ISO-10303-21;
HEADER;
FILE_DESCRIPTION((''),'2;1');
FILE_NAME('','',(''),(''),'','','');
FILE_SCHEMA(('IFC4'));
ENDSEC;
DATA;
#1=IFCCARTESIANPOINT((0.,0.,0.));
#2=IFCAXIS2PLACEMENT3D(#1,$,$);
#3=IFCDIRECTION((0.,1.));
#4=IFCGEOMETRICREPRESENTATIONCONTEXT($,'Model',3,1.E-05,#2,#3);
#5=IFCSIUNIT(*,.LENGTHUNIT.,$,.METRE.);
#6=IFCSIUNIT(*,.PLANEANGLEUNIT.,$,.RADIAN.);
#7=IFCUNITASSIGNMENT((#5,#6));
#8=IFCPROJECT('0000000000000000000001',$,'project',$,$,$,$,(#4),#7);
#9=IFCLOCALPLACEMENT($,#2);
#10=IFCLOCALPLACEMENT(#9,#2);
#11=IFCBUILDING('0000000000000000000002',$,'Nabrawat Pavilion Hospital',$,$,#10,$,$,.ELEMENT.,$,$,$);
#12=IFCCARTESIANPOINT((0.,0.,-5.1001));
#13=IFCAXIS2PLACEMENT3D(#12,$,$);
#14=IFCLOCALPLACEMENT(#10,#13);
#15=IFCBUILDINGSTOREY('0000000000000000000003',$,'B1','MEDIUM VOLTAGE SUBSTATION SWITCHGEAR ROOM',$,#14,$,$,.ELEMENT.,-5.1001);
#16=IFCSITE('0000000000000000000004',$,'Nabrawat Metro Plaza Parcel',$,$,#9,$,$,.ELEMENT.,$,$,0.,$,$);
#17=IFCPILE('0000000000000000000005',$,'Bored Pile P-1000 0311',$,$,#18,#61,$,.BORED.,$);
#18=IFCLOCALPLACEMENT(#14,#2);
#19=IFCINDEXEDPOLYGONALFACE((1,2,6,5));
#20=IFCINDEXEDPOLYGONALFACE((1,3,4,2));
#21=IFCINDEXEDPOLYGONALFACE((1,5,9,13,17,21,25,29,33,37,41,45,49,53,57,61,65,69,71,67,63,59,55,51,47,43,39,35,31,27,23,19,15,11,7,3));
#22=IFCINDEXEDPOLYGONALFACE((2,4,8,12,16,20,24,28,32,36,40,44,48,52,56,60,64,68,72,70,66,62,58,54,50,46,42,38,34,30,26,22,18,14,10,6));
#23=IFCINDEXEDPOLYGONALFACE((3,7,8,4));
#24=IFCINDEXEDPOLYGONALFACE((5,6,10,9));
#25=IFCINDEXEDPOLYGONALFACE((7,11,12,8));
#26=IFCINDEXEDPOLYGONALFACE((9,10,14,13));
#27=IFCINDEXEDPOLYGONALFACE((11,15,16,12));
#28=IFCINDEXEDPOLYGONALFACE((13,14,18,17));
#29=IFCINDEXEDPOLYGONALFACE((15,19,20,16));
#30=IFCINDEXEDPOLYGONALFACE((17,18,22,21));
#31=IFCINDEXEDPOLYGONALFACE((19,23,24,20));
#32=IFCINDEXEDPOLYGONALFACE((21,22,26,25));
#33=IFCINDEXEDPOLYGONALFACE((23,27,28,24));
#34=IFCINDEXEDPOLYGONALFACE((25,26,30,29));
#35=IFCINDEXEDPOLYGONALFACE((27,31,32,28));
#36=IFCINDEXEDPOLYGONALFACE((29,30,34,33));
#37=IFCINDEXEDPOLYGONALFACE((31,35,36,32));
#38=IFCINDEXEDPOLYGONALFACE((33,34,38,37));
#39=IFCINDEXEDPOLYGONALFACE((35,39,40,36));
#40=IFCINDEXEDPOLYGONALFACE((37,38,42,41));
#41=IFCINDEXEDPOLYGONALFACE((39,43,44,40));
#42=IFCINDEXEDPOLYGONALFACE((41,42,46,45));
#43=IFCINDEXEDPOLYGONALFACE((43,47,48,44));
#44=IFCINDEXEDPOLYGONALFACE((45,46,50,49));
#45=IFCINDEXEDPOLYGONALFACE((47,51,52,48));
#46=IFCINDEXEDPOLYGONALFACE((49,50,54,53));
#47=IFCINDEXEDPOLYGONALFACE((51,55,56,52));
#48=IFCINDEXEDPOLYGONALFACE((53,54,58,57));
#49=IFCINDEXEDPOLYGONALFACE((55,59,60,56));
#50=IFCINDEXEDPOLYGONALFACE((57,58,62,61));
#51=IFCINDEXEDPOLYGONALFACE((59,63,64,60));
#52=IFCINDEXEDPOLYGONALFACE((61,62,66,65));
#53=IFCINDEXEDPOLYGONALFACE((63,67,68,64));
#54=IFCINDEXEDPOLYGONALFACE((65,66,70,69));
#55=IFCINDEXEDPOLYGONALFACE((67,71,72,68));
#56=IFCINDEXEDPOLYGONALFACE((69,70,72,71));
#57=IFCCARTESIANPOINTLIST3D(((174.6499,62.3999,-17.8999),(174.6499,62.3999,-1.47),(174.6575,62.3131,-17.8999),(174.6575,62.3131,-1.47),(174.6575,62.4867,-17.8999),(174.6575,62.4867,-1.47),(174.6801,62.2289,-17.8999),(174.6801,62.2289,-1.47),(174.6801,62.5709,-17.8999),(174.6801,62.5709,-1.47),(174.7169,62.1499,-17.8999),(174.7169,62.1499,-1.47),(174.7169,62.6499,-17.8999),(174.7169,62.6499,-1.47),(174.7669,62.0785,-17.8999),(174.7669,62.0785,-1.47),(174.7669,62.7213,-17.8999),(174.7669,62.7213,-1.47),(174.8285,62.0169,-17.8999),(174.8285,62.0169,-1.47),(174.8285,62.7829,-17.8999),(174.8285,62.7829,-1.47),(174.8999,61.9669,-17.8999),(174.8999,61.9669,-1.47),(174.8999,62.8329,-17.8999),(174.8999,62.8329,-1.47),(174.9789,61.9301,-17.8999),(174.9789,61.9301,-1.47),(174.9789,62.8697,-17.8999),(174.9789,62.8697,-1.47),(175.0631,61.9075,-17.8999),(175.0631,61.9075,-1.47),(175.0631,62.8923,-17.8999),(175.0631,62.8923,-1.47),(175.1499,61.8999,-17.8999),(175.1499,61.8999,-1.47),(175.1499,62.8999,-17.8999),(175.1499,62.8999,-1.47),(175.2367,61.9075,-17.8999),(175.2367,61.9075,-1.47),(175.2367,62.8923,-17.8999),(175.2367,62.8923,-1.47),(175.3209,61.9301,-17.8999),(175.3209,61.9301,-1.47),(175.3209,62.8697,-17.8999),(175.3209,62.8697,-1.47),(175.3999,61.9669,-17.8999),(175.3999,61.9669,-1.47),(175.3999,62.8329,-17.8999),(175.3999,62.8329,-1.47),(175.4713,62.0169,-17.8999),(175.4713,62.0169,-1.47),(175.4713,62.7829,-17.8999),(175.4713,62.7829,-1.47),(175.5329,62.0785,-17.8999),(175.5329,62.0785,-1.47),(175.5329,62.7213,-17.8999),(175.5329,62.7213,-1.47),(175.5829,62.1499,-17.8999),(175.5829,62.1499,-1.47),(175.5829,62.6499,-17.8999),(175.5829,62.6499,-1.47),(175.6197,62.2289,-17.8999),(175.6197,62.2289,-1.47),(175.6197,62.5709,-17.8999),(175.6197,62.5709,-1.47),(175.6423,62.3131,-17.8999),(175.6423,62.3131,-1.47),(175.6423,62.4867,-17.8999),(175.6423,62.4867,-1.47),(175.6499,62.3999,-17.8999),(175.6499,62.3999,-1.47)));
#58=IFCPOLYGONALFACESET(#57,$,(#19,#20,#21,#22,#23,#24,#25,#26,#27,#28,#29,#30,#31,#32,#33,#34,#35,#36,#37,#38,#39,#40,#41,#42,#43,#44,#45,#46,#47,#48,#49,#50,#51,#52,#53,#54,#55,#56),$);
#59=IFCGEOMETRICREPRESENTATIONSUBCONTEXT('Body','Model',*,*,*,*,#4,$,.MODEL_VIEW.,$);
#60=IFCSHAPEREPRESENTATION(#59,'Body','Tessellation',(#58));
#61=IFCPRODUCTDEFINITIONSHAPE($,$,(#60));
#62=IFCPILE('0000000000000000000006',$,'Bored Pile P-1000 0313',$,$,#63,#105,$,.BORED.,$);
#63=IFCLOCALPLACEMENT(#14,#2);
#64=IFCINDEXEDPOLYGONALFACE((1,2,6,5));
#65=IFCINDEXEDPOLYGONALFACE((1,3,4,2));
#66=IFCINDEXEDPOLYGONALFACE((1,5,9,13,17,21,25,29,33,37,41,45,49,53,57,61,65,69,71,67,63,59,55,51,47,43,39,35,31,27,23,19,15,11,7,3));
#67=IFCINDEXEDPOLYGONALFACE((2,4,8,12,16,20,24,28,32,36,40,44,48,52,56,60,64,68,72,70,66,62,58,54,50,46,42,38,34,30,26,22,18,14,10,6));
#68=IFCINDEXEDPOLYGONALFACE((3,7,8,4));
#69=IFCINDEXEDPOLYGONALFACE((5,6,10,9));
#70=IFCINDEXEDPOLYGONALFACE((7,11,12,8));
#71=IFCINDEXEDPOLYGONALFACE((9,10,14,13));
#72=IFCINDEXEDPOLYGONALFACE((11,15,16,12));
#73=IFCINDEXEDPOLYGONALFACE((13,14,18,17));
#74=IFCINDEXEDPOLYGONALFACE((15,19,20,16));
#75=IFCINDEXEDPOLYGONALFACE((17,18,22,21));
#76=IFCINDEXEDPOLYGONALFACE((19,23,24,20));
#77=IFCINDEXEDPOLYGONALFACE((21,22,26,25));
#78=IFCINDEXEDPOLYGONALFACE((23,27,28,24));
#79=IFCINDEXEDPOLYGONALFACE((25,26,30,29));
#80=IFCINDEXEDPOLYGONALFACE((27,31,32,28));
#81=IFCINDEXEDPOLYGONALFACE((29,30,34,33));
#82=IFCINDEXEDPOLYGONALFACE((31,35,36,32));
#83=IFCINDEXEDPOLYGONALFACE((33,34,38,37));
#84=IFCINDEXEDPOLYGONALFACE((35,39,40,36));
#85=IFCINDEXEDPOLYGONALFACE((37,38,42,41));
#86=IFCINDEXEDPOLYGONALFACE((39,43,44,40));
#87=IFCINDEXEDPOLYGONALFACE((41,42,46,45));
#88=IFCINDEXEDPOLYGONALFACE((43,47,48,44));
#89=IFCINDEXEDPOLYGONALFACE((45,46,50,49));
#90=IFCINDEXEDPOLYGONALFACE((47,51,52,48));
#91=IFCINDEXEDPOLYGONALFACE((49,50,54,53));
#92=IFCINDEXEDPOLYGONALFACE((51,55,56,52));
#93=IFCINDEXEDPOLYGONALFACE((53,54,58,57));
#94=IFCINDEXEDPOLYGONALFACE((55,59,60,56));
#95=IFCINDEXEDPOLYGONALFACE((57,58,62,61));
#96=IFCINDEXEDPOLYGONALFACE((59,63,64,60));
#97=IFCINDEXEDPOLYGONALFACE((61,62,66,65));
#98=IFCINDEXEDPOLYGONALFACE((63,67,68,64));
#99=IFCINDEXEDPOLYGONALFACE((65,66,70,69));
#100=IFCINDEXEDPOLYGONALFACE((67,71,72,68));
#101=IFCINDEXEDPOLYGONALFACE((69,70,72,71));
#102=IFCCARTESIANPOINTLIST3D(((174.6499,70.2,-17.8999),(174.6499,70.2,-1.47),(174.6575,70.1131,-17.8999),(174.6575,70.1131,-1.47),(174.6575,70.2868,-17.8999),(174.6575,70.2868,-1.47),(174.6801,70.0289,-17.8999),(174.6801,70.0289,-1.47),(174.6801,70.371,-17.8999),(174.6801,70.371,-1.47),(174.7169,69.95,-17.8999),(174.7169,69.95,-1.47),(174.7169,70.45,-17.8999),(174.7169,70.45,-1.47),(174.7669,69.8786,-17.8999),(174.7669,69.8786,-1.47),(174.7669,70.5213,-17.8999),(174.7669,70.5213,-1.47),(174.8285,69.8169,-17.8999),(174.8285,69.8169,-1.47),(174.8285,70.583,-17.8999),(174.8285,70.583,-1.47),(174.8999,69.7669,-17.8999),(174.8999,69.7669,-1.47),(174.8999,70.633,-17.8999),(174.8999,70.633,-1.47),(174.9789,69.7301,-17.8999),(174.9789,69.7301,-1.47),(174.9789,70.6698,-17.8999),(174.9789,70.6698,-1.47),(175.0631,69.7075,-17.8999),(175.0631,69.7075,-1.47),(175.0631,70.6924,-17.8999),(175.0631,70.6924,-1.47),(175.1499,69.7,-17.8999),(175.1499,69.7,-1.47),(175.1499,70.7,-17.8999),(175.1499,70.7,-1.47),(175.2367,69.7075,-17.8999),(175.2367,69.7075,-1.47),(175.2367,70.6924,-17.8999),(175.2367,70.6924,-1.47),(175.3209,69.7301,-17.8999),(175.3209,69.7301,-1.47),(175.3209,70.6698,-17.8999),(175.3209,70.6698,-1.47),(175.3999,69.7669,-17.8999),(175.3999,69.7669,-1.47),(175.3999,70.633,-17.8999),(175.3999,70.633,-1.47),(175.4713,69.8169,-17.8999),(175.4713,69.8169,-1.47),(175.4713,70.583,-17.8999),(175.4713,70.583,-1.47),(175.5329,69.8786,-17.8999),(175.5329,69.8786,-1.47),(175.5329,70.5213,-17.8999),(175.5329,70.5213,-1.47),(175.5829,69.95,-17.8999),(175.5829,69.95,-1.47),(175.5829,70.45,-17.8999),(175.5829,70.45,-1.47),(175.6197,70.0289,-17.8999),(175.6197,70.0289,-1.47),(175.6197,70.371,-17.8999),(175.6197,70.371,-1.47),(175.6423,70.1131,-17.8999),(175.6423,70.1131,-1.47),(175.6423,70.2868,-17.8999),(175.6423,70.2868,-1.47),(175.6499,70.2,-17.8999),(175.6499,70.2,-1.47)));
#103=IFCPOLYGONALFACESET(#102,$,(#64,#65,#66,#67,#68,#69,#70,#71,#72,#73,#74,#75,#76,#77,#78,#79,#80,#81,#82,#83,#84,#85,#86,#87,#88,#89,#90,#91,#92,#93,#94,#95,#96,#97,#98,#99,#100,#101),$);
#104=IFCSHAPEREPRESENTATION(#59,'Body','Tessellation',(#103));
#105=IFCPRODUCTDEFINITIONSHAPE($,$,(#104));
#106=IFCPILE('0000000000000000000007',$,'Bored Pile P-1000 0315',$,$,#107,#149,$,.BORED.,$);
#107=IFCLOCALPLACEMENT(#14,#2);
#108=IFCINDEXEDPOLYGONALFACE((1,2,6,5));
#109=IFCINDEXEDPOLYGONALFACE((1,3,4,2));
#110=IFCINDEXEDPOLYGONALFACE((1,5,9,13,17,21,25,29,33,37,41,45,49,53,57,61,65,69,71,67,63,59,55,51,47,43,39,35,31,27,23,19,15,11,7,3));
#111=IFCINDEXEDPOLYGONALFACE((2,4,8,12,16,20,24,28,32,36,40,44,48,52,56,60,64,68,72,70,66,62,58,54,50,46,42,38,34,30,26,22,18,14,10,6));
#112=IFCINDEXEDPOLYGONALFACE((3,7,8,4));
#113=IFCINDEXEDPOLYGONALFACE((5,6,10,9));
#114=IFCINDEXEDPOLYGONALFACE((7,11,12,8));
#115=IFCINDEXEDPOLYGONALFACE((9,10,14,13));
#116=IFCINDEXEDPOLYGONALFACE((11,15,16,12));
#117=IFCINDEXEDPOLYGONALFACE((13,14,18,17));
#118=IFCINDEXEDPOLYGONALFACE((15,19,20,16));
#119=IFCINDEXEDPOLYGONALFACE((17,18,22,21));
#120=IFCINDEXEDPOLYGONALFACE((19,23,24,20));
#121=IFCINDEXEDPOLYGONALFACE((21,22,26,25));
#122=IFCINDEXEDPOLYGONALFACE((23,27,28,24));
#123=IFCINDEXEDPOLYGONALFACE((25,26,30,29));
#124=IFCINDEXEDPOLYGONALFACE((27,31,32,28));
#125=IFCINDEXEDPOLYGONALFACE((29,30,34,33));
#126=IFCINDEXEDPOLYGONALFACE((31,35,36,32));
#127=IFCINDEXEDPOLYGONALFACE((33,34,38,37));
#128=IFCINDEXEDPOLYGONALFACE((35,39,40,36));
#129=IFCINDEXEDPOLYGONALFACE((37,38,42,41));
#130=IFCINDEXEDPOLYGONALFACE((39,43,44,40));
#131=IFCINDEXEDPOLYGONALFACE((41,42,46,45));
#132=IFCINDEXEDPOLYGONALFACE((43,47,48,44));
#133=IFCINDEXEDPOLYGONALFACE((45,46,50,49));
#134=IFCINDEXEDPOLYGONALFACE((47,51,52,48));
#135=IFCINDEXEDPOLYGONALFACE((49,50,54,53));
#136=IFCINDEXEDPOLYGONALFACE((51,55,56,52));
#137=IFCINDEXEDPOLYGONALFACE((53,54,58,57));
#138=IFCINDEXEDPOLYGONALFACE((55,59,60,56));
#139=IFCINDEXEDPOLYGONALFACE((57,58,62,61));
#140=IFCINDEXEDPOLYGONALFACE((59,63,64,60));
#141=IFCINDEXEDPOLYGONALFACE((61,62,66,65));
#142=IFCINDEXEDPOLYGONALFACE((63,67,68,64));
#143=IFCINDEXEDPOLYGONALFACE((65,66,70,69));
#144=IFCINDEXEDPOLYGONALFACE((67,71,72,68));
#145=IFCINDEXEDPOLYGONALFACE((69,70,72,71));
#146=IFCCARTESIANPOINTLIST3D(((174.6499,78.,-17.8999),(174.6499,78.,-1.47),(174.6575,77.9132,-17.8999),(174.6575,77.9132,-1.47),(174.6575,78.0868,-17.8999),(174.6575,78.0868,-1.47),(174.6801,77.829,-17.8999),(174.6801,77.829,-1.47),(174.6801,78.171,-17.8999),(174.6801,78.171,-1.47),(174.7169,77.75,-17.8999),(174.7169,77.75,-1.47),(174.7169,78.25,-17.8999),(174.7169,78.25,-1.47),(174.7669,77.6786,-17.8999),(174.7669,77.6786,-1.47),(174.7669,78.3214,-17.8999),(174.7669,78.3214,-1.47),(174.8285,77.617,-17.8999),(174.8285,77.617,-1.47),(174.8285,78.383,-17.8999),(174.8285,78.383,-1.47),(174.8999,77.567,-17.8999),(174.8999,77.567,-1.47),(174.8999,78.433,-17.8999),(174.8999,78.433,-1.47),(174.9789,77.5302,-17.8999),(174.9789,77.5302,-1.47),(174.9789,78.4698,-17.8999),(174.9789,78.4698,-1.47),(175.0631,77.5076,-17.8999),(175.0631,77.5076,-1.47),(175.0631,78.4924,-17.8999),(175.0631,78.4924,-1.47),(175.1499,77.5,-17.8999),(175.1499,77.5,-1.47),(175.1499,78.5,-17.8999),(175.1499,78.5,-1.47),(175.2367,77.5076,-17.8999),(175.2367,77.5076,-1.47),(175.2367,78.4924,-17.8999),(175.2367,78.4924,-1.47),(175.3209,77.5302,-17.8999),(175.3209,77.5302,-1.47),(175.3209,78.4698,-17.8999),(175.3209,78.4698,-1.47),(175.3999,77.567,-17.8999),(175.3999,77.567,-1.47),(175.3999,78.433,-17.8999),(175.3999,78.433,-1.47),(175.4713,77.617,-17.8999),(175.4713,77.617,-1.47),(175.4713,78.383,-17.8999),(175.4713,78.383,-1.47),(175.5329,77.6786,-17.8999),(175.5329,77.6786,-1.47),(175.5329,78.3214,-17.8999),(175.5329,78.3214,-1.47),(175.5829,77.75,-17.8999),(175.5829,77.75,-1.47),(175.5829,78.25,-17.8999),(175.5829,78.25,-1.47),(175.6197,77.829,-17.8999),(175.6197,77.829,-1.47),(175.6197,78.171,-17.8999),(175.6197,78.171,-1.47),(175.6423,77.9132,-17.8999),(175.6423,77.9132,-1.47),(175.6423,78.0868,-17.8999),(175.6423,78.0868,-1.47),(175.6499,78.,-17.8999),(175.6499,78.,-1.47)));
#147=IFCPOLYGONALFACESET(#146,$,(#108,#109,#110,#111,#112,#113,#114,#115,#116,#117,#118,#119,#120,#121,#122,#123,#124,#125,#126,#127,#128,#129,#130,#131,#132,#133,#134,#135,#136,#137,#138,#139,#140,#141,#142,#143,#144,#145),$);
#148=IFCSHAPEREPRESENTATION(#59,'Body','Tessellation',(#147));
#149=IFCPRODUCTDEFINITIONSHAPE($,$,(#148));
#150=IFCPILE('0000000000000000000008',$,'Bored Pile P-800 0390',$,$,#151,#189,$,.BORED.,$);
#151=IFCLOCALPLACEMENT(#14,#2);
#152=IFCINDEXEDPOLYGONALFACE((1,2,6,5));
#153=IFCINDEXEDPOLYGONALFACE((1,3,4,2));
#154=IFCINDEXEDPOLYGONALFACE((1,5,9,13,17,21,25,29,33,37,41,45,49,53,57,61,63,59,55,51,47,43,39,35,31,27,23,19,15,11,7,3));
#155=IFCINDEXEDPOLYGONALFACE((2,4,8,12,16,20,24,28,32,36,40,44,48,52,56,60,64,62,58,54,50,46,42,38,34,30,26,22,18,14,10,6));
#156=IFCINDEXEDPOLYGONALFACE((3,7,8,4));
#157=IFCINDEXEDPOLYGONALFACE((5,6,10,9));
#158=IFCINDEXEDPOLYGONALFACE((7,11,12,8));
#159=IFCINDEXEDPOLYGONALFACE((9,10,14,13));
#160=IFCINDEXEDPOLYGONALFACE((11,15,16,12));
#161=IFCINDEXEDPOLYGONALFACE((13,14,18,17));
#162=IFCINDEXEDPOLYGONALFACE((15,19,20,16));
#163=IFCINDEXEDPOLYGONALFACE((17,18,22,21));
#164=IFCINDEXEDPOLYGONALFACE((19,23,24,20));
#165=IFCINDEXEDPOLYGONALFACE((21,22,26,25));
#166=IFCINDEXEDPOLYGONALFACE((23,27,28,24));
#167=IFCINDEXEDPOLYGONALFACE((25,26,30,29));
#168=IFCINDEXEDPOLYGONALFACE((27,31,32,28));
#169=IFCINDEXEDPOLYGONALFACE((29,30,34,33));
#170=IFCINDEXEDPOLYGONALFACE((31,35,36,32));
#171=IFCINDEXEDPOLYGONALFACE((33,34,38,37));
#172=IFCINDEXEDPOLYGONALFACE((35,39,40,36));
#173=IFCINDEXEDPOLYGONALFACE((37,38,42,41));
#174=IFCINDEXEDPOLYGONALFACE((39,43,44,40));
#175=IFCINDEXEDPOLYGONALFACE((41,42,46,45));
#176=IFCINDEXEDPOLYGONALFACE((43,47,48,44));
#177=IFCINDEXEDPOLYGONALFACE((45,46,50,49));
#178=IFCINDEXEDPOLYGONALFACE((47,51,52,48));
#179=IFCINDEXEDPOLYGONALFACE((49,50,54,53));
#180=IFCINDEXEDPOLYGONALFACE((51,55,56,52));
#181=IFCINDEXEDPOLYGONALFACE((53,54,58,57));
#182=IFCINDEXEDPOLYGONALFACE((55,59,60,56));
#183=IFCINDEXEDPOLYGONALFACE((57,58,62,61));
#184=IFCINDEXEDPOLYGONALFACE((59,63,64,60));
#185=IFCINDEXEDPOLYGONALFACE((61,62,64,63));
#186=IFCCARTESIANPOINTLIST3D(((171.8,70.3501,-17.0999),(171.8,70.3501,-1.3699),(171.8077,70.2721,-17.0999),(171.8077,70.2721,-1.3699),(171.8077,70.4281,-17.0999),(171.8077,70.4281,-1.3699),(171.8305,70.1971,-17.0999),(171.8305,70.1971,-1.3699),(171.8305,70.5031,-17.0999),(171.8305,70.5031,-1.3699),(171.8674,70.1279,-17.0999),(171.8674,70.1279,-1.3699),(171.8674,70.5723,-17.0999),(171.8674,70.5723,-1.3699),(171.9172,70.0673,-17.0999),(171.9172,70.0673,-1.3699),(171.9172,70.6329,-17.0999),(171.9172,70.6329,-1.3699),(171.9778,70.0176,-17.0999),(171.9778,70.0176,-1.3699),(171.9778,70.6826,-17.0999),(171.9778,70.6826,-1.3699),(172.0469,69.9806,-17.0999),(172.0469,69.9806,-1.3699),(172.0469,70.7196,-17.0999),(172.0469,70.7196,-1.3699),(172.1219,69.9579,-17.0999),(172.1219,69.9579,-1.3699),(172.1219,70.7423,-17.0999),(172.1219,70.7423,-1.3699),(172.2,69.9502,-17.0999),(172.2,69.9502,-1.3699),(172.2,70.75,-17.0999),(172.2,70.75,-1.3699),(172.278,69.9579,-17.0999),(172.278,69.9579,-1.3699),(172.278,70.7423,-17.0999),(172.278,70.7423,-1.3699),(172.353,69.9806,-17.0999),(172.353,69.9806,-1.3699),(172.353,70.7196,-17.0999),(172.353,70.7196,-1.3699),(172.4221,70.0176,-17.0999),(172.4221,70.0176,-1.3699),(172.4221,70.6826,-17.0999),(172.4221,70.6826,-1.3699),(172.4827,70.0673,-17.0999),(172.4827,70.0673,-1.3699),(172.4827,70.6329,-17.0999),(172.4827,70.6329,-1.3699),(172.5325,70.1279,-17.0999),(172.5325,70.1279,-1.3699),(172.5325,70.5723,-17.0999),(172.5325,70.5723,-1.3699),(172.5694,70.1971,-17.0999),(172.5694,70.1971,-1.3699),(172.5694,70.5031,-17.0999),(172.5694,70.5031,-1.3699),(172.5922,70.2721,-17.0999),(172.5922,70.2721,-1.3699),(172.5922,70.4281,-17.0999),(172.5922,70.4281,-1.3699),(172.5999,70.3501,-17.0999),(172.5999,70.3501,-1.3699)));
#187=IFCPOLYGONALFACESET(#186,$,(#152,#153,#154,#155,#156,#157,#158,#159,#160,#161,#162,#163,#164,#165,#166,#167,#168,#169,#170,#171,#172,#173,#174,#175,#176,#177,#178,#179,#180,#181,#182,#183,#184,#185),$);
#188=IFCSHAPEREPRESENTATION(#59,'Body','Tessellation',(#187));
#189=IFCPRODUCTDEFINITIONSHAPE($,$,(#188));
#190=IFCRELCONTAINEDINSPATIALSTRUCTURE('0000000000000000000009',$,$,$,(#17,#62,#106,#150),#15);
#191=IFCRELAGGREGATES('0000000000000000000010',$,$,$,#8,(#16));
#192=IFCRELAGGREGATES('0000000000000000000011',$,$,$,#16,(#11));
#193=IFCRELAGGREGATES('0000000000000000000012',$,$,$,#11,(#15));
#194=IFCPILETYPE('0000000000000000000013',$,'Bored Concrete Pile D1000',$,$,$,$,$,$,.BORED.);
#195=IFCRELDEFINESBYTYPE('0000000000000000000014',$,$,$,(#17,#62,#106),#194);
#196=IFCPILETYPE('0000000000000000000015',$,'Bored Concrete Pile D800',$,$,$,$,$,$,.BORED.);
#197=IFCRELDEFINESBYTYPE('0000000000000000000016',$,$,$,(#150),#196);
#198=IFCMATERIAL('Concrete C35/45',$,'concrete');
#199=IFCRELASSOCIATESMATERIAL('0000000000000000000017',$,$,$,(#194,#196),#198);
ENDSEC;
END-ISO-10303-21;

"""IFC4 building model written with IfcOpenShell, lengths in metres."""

from ifc_helpers import new_model, si_unit, direction, frame, origin, origin_2d, place, context, subcontext, project, spatial, circle, extrude, material, material_profile, profile_set, type_object, element, save


model = new_model("IFC4")

# Units and contexts
model_context = context("Model", 3, precision=1e-05, world=origin(), true_north=direction((0.0, 1.0)))
body_context = subcontext(model_context, "Body", "Model", "MODEL_VIEW")
ifc_project = project(units=[si_unit("LENGTHUNIT", "METRE"), si_unit("PLANEANGLEUNIT", "RADIAN")], contexts=[model_context])

# Site, building, storey
site_placement = place(None, origin())
site = spatial("IfcSite", under=ifc_project, at=site_placement, Name="Nabrawat Metro Plaza Parcel", CompositionType="ELEMENT", RefElevation=0.0)
building_placement = place(site_placement, origin())
building = spatial("IfcBuilding", under=site, at=building_placement, Name="Nabrawat Pavilion Hospital", CompositionType="ELEMENT")
storey_placement = place(building_placement, frame((0.0, 0.0, -5.1001)))
storey = spatial("IfcBuildingStorey", under=building, at=storey_placement, Name="B1", Description="MEDIUM VOLTAGE SUBSTATION SWITCHGEAR ROOM", CompositionType="ELEMENT", Elevation=-5.1001)

# Piles
ifc_material_1 = material(Name="Concrete C35/45", Category="concrete")
ifc_material_profile_1 = material_profile(ifc_material_1, circle(Radius=0.5, at=origin_2d()), Name="DIA 1000")
ifc_profile_set_1 = profile_set([ifc_material_profile_1], Name="Concrete C35/45")
pile_type_1 = type_object("IfcPileType", Name="Bored Concrete Pile D1000", PredefinedType="BORED", material=ifc_profile_set_1)
for number, where, z_axis, x_axis, name in (
    (1, (175.1499, 62.3999, -1.47), (0.0, 0.0, -1.0), (1.0, 0.0, 0.0), "Bored Pile P-1000 0311"),
    (2, (175.1499, 70.2, -1.47), (0.0, 0.0, -1.0), (1.0, 0.0, 0.0), "Bored Pile P-1000 0313"),
    (3, (175.1499, 78.0, -1.47), (0.0, 0.0, -1.0), (1.0, 0.0, 0.0), "Bored Pile P-1000 0315"),
):
    element("IfcPile", number, at=place(storey_placement, frame(where, z_axis=z_axis, x_axis=x_axis)), inside=storey, type_object=pile_type_1, Name=name, PredefinedType="BORED", context=body_context, shape_type="SweptSolid", body=[
        extrude(circle(Radius=0.5, at=origin_2d()), origin(), (0.0, 0.0, 1.0), 16.4299),
    ])
ifc_material_profile_2 = material_profile(ifc_material_1, circle(Radius=0.3999, at=origin_2d()), Name="DIA 800")
ifc_profile_set_2 = profile_set([ifc_material_profile_2], Name="Concrete C35/45")
pile_type_2 = type_object("IfcPileType", Name="Bored Concrete Pile D800", PredefinedType="BORED", material=ifc_profile_set_2)
for number, where, z_axis, x_axis, name in (
    (4, (172.2, 70.3501, -1.3699), (0.0, 0.0, -1.0), (1.0, 0.0, 0.0), "Bored Pile P-800 0390"),
):
    element("IfcPile", number, at=place(storey_placement, frame(where, z_axis=z_axis, x_axis=x_axis)), inside=storey, type_object=pile_type_2, Name=name, PredefinedType="BORED", context=body_context, shape_type="SweptSolid", body=[
        extrude(circle(Radius=0.3999, at=origin_2d()), origin(), (0.0, 0.0, 1.0), 15.73),
    ])

save(model, "model.ifc")
